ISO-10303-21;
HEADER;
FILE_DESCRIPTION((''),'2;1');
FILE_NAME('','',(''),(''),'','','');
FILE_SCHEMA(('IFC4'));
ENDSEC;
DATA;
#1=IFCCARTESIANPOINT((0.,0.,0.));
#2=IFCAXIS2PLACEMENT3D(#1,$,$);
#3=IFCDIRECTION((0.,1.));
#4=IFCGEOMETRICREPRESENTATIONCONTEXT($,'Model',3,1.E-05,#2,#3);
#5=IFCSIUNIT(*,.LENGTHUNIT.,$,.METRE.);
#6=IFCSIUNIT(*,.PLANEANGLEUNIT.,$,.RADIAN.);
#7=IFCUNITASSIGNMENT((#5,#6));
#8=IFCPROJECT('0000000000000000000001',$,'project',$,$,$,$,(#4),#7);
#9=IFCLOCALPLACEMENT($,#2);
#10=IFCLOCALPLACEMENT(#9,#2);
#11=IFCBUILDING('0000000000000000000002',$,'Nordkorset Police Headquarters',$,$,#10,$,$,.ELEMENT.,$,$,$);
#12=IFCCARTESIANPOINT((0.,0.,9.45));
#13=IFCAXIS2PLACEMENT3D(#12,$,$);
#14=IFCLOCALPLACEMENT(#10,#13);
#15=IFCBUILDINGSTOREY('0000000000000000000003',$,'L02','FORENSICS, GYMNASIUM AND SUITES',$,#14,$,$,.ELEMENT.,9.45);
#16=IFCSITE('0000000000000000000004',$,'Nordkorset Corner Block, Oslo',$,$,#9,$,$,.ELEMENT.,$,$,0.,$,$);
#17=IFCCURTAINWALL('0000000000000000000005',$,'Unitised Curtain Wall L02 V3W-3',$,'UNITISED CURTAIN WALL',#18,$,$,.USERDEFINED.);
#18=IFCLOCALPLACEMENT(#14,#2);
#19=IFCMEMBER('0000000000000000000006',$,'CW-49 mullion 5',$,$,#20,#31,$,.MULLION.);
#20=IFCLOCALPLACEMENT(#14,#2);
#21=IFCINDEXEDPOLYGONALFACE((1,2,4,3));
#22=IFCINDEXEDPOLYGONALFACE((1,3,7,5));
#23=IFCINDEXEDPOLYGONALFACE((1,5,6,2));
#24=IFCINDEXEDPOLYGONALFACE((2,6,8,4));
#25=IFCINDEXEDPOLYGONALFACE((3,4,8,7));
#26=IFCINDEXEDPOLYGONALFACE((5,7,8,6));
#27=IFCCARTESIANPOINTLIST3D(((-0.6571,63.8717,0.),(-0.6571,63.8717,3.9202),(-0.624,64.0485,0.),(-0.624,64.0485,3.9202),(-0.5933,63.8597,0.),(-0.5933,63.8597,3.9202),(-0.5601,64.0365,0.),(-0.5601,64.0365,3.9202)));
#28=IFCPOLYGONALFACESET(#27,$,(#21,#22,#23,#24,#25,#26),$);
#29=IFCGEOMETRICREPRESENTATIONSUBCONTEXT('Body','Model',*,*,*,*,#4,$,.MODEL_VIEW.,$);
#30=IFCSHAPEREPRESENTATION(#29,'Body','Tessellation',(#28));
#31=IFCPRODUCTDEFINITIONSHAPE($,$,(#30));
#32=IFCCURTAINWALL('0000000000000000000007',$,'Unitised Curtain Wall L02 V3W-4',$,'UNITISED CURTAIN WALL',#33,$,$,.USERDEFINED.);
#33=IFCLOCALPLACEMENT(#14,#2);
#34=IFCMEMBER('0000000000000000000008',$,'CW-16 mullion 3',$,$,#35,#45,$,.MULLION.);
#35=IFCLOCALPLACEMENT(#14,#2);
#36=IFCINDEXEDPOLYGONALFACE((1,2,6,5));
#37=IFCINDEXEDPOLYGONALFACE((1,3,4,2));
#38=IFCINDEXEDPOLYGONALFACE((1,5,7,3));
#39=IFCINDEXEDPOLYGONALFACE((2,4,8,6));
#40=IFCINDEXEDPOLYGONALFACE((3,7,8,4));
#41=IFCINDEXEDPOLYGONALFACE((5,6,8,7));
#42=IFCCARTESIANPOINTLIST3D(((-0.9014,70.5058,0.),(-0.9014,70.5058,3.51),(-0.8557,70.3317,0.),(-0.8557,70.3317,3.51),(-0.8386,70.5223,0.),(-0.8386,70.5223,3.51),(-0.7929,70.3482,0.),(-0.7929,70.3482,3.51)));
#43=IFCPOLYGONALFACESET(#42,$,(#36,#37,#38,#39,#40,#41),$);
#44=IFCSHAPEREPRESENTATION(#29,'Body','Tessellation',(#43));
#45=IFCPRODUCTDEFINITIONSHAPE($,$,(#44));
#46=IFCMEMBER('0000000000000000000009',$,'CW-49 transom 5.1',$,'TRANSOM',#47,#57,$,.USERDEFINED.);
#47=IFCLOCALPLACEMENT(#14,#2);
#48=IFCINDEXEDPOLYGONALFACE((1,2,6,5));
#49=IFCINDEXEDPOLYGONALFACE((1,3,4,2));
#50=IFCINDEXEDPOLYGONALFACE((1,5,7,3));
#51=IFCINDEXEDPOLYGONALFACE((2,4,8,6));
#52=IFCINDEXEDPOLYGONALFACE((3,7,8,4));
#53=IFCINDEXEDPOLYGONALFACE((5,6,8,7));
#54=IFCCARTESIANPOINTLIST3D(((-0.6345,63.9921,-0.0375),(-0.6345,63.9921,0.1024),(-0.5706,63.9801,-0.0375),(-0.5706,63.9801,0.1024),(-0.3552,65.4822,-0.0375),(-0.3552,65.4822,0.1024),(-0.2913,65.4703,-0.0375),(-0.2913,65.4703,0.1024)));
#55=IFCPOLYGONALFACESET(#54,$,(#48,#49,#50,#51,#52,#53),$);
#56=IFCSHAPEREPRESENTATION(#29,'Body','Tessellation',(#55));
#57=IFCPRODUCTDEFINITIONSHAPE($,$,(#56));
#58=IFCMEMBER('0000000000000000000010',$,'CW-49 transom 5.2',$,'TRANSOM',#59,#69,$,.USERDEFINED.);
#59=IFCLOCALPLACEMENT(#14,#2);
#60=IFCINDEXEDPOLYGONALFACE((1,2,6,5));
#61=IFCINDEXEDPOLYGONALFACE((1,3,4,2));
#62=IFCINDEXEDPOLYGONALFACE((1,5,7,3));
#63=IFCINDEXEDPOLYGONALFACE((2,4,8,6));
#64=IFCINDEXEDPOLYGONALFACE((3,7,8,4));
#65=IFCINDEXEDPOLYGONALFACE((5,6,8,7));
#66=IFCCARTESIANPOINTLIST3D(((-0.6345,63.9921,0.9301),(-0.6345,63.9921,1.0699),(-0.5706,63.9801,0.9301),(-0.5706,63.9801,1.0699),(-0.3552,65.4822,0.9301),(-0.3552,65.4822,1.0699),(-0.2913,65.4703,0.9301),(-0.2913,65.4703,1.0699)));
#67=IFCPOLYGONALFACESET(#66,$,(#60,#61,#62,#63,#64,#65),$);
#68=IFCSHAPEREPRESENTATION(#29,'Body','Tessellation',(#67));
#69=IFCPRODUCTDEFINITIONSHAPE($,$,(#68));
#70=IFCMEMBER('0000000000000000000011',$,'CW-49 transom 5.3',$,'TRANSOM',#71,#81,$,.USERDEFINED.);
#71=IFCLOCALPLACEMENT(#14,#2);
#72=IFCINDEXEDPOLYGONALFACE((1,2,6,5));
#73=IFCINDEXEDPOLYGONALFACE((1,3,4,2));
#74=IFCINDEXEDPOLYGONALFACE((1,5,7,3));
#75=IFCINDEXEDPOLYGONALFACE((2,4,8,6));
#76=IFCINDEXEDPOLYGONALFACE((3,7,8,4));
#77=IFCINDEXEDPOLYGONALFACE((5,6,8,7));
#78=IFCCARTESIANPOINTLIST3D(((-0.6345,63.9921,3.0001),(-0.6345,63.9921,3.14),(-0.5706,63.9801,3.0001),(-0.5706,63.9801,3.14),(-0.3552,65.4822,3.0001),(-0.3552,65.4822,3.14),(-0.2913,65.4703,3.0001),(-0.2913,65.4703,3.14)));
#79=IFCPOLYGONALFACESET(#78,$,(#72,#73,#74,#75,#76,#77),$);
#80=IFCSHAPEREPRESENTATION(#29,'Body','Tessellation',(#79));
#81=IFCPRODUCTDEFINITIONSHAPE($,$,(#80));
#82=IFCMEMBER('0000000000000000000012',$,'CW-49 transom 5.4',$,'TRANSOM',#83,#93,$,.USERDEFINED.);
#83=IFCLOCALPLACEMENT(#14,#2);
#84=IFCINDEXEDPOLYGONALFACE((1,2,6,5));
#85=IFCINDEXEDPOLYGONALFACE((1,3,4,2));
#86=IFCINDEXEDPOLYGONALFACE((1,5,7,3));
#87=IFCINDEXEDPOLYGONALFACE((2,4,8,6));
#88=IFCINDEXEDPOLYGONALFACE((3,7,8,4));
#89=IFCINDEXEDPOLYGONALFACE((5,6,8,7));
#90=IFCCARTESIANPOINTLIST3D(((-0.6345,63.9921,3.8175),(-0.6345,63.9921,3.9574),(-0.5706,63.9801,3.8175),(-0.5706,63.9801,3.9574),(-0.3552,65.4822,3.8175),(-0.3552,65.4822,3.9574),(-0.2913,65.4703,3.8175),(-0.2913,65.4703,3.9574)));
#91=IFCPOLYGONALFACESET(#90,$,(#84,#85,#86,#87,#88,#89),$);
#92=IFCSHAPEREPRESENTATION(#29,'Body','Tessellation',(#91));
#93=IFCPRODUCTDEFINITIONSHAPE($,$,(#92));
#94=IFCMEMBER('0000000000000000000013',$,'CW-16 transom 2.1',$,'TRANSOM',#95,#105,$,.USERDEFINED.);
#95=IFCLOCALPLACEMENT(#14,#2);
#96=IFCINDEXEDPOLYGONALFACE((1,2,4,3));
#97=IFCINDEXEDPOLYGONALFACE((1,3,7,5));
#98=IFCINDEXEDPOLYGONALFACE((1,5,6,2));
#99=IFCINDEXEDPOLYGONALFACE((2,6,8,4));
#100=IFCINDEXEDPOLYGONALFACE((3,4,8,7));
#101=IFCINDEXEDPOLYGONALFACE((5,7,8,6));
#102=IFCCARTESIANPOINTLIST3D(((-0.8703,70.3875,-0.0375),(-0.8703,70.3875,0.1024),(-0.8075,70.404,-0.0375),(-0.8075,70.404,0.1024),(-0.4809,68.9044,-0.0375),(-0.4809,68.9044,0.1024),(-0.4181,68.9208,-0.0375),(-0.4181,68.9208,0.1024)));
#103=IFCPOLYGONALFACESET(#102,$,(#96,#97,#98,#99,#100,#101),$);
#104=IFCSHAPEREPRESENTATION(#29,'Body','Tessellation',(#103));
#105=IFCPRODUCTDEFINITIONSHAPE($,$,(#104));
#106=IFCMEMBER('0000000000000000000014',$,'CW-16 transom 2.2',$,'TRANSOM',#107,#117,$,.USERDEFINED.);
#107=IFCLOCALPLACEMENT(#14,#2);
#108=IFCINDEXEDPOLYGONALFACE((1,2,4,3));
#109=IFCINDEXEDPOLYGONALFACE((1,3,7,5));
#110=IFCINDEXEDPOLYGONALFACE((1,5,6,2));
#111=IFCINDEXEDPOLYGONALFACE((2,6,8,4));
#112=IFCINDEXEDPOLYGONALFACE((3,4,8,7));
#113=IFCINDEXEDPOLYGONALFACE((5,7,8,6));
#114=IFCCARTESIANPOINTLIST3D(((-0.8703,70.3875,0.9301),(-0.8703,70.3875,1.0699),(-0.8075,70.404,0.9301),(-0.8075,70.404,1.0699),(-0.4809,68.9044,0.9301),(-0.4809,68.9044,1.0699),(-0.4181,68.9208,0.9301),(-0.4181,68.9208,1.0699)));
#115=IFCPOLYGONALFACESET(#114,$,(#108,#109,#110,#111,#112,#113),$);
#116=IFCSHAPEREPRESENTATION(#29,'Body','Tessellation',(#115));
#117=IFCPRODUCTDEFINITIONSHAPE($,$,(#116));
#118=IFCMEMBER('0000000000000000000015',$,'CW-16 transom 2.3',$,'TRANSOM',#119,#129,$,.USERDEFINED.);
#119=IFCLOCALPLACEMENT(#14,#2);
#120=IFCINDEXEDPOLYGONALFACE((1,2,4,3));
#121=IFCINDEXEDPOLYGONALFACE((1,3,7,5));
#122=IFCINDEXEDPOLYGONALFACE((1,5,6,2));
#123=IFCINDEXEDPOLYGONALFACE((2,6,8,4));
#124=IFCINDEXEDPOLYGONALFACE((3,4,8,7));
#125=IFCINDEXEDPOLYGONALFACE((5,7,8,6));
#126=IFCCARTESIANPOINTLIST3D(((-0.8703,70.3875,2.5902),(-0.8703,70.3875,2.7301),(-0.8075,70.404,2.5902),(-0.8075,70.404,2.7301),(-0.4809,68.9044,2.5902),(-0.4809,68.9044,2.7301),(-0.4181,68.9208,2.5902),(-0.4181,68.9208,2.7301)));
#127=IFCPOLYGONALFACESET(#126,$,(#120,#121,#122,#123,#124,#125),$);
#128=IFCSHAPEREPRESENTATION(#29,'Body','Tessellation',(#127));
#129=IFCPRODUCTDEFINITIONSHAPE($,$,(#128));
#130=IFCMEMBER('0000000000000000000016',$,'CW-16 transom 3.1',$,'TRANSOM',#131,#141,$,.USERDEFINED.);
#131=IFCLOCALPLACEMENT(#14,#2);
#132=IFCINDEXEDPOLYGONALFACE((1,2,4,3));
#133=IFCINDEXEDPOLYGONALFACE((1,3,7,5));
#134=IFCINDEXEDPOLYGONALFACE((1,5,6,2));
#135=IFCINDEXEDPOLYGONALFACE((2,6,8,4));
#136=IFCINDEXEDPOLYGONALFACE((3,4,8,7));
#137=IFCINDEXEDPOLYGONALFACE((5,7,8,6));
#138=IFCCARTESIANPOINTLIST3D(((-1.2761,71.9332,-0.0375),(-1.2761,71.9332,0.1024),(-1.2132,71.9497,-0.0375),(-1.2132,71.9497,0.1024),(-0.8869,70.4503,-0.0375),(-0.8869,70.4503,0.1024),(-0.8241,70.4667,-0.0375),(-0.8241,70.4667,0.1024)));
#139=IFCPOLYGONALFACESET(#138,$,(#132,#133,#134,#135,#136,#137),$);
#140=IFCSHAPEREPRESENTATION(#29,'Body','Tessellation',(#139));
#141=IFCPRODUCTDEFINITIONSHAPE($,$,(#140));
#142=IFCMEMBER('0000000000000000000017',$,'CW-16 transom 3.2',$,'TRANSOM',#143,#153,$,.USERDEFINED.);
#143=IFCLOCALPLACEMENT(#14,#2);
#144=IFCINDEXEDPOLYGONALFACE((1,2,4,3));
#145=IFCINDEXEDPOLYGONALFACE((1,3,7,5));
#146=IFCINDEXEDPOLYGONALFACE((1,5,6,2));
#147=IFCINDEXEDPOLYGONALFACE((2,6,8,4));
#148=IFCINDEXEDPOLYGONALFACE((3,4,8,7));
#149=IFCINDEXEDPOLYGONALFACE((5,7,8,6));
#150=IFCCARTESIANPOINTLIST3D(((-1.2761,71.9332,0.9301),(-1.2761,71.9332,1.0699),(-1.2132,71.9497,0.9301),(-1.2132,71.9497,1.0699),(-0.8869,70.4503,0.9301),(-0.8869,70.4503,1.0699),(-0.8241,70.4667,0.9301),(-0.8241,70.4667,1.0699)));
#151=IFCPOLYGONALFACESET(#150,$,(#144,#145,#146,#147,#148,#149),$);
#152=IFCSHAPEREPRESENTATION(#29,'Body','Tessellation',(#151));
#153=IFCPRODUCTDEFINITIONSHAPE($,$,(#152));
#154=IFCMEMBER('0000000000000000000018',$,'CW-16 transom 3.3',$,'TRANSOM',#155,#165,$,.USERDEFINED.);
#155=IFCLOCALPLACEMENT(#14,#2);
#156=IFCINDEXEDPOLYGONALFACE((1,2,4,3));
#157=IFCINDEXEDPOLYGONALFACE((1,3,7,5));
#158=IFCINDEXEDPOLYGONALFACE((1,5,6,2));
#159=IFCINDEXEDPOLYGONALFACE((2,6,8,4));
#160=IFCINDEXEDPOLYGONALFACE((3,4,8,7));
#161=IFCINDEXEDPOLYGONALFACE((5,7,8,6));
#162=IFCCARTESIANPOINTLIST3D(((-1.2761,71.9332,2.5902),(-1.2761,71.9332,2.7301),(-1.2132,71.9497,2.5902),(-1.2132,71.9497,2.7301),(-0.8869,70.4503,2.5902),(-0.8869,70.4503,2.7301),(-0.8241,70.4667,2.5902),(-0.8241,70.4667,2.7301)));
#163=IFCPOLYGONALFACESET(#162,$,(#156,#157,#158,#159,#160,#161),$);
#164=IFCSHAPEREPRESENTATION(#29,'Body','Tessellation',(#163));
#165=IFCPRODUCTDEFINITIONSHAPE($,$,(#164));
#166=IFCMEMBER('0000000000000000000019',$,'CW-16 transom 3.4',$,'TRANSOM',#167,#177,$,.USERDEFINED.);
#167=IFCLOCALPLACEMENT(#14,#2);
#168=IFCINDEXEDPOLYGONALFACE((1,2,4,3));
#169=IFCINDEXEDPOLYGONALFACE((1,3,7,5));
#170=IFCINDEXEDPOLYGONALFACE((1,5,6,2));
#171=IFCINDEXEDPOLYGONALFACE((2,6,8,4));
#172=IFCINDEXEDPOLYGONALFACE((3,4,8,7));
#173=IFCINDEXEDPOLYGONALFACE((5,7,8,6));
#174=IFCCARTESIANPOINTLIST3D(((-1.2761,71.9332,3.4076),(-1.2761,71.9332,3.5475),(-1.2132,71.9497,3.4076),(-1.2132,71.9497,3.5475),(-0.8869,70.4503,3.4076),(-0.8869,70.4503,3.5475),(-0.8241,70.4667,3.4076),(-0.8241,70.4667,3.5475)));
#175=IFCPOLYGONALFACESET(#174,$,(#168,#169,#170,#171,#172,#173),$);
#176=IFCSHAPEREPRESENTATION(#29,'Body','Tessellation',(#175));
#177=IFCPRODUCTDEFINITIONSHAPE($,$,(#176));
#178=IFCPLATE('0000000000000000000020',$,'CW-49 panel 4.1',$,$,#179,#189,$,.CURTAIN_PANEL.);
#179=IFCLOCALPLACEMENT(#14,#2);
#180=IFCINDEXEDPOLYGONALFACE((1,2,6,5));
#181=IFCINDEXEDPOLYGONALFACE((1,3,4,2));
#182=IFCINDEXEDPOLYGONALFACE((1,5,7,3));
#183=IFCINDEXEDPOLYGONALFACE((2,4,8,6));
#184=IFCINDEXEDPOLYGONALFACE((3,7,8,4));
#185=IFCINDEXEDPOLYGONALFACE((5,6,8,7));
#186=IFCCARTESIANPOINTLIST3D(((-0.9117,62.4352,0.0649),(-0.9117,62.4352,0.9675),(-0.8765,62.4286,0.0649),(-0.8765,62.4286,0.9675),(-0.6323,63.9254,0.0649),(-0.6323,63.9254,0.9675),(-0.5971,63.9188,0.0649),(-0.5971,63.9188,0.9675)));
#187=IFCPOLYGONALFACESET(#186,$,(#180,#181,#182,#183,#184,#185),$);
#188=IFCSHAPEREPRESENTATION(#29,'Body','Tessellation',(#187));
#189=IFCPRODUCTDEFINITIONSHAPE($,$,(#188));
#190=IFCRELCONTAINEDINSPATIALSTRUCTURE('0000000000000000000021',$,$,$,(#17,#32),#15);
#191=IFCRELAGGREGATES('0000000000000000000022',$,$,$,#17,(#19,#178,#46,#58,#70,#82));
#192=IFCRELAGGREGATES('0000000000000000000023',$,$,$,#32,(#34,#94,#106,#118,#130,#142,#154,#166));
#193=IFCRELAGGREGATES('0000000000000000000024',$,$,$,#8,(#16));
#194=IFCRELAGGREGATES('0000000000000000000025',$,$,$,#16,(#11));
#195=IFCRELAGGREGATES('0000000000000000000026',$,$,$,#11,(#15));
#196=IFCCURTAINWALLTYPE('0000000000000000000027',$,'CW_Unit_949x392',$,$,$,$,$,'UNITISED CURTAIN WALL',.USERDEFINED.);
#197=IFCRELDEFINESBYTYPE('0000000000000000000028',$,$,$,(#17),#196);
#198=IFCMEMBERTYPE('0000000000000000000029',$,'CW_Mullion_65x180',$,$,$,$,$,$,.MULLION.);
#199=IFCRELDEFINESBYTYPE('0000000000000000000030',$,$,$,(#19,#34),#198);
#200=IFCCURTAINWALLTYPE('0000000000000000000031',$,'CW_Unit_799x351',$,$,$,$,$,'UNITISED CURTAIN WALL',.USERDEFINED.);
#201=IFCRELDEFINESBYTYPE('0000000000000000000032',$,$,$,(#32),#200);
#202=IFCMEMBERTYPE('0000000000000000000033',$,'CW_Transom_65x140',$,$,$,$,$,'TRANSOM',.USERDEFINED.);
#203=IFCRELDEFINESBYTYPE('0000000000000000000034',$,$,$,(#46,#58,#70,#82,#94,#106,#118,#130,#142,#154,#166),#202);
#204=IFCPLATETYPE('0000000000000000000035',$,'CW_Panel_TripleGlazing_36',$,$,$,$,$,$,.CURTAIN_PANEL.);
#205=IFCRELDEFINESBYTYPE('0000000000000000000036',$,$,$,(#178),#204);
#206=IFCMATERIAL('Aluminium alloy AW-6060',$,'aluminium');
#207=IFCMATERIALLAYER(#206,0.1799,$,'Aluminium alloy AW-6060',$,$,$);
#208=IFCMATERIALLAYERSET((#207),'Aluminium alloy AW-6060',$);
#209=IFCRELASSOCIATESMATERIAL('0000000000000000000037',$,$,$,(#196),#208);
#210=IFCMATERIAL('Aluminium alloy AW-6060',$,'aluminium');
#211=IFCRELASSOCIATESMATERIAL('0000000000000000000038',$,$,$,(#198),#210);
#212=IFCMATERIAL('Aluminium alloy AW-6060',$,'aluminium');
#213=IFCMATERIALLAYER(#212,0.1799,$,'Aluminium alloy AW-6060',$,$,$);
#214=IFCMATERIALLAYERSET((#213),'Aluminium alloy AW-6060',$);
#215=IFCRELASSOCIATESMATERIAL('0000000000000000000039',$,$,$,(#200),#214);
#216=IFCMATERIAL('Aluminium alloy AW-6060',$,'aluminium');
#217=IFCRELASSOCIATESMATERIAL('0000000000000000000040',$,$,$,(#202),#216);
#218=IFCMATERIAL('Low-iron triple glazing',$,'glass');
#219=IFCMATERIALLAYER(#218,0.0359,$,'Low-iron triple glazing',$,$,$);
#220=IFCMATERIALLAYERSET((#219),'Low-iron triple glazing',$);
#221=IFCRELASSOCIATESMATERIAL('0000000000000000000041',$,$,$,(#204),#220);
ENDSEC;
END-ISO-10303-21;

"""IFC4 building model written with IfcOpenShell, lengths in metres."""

from ifc_helpers import new_model, si_unit, direction, frame, origin, origin_2d, place, context, subcontext, project, spatial, rectangle, extrude, material, layer, layer_set, material_profile, profile_set, type_object, element, aggregate, save


model = new_model("IFC4")

# Units and contexts
model_context = context("Model", 3, precision=1e-05, world=origin(), true_north=direction((0.0, 1.0)))
body_context = subcontext(model_context, "Body", "Model", "MODEL_VIEW")
ifc_project = project(units=[si_unit("LENGTHUNIT", "METRE"), si_unit("PLANEANGLEUNIT", "RADIAN")], contexts=[model_context])

# Site, building, storey
site_placement = place(None, origin())
site = spatial("IfcSite", under=ifc_project, at=site_placement, Name="Nordkorset Corner Block, Oslo", CompositionType="ELEMENT", RefElevation=0.0)
building_placement = place(site_placement, origin())
building = spatial("IfcBuilding", under=site, at=building_placement, Name="Nordkorset Police Headquarters", CompositionType="ELEMENT")
storey_placement = place(building_placement, frame((0.0, 0.0, 9.45)))
storey = spatial("IfcBuildingStorey", under=building, at=storey_placement, Name="L02", Description="FORENSICS, GYMNASIUM AND SUITES", CompositionType="ELEMENT", Elevation=9.45)

# Curtain walls, members
ifc_material_1 = material(Name="Aluminium alloy AW-6060", Category="aluminium")
ifc_layer_1 = layer(ifc_material_1, 0.1799, Name="Aluminium alloy AW-6060")
ifc_layer_set_1 = layer_set([ifc_layer_1], Name="Aluminium alloy AW-6060")
curtain_wall_type_1 = type_object("IfcCurtainWallType", Name="CW_Unit_949x392", ElementType="UNITISED CURTAIN WALL", PredefinedType="USERDEFINED", material=ifc_layer_set_1)
curtain_wall_1_placement = place(storey_placement, origin())
curtain_wall_1 = element("IfcCurtainWall", 1, at=curtain_wall_1_placement, inside=storey, type_object=curtain_wall_type_1, Name="Unitised Curtain Wall L02 V3W-3", ObjectType="UNITISED CURTAIN WALL", PredefinedType="USERDEFINED")
ifc_material_2 = material(Name="Aluminium alloy AW-6060", Category="aluminium")
ifc_material_profile_1 = material_profile(ifc_material_2, rectangle(XDim=0.0649, YDim=0.1799, at=origin_2d()), Name="ALU MULL 65x180")
ifc_profile_set_1 = profile_set([ifc_material_profile_1], Name="Aluminium alloy AW-6060")
member_type_1 = type_object("IfcMemberType", Name="CW_Mullion_65x180", PredefinedType="MULLION", material=ifc_profile_set_1)
member_1_placement = place(storey_placement, frame((-0.6086, 63.9541, 0.0), z_axis=(0.0, 0.0, 1.0), x_axis=(-0.982872, 0.184289, 0.0)))
member_1 = element("IfcMember", 2, at=member_1_placement, type_object=member_type_1, Name="CW-49 mullion 5", PredefinedType="MULLION", context=body_context, shape_type="SweptSolid", body=[
    extrude(rectangle(XDim=0.0649, YDim=0.1799, at=origin_2d()), origin(), (0.0, 0.0, 1.0), 3.9202),
])
ifc_material_3 = material(Name="Aluminium alloy AW-6060", Category="aluminium")
ifc_layer_2 = layer(ifc_material_3, 0.1799, Name="Aluminium alloy AW-6060")
ifc_layer_set_2 = layer_set([ifc_layer_2], Name="Aluminium alloy AW-6060")
curtain_wall_type_2 = type_object("IfcCurtainWallType", Name="CW_Unit_799x351", ElementType="UNITISED CURTAIN WALL", PredefinedType="USERDEFINED", material=ifc_layer_set_2)
curtain_wall_2_placement = place(storey_placement, origin())
curtain_wall_2 = element("IfcCurtainWall", 3, at=curtain_wall_2_placement, inside=storey, type_object=curtain_wall_type_2, Name="Unitised Curtain Wall L02 V3W-4", ObjectType="UNITISED CURTAIN WALL", PredefinedType="USERDEFINED")
member_2_placement = place(storey_placement, frame((-0.8472, 70.427, 0.0), z_axis=(0.0, 0.0, 1.0), x_axis=(-0.967231, -0.253897, 0.0)))
member_2 = element("IfcMember", 4, at=member_2_placement, type_object=member_type_1, Name="CW-16 mullion 3", PredefinedType="MULLION", context=body_context, shape_type="SweptSolid", body=[
    extrude(rectangle(XDim=0.0649, YDim=0.1799, at=origin_2d()), origin(), (0.0, 0.0, 1.0), 3.51),
])

# Members
ifc_material_4 = material(Name="Aluminium alloy AW-6060", Category="aluminium")
ifc_material_profile_2 = material_profile(ifc_material_4, rectangle(XDim=0.0649, YDim=0.1399, at=origin_2d()), Name="ALU TRAN 65x140")
ifc_profile_set_2 = profile_set([ifc_material_profile_2], Name="Aluminium alloy AW-6060")
member_type_2 = type_object("IfcMemberType", Name="CW_Transom_65x140", ElementType="TRANSOM", PredefinedType="USERDEFINED", material=ifc_profile_set_2)
member_3_placement = place(storey_placement, frame((-0.6025, 63.9861, 0.0325), z_axis=(0.184211, 0.982887, 0.0), x_axis=(-0.982887, 0.184211, 0.0)))
member_3 = element("IfcMember", 5, at=member_3_placement, type_object=member_type_2, Name="CW-49 transom 5.1", ObjectType="TRANSOM", PredefinedType="USERDEFINED", context=body_context, shape_type="SweptSolid", body=[
    extrude(rectangle(XDim=0.0649, YDim=0.1399, at=origin_2d()), origin(), (0.0, 0.0, 1.0), 1.5161),
])
member_4_placement = place(storey_placement, frame((-0.6025, 63.9861, 1.0), z_axis=(0.184211, 0.982887, 0.0), x_axis=(-0.982887, 0.184211, 0.0)))
member_4 = element("IfcMember", 6, at=member_4_placement, type_object=member_type_2, Name="CW-49 transom 5.2", ObjectType="TRANSOM", PredefinedType="USERDEFINED", context=body_context, shape_type="SweptSolid", body=[
    extrude(rectangle(XDim=0.0649, YDim=0.1399, at=origin_2d()), origin(), (0.0, 0.0, 1.0), 1.5161),
])
member_5_placement = place(storey_placement, frame((-0.6025, 63.9861, 3.0701), z_axis=(0.184211, 0.982887, 0.0), x_axis=(-0.982887, 0.184211, 0.0)))
member_5 = element("IfcMember", 7, at=member_5_placement, type_object=member_type_2, Name="CW-49 transom 5.3", ObjectType="TRANSOM", PredefinedType="USERDEFINED", context=body_context, shape_type="SweptSolid", body=[
    extrude(rectangle(XDim=0.0649, YDim=0.1399, at=origin_2d()), origin(), (0.0, 0.0, 1.0), 1.5161),
])
member_6_placement = place(storey_placement, frame((-0.6025, 63.9861, 3.8875), z_axis=(0.184211, 0.982887, 0.0), x_axis=(-0.982887, 0.184211, 0.0)))
member_6 = element("IfcMember", 8, at=member_6_placement, type_object=member_type_2, Name="CW-49 transom 5.4", ObjectType="TRANSOM", PredefinedType="USERDEFINED", context=body_context, shape_type="SweptSolid", body=[
    extrude(rectangle(XDim=0.0649, YDim=0.1399, at=origin_2d()), origin(), (0.0, 0.0, 1.0), 1.5161),
])
member_7_placement = place(storey_placement, frame((-0.4495, 68.9126, 0.0325), z_axis=(-0.253945, 0.967219, 0.0), x_axis=(-0.967219, -0.253945, 0.0)))
member_7 = element("IfcMember", 9, at=member_7_placement, type_object=member_type_2, Name="CW-16 transom 2.1", ObjectType="TRANSOM", PredefinedType="USERDEFINED", context=body_context, shape_type="SweptSolid", body=[
    extrude(rectangle(XDim=0.0649, YDim=0.1399, at=origin_2d()), origin(), (0.0, 0.0, 1.0), 1.5334),
])
member_8_placement = place(storey_placement, frame((-0.4495, 68.9126, 1.0), z_axis=(-0.253945, 0.967219, 0.0), x_axis=(-0.967219, -0.253945, 0.0)))
member_8 = element("IfcMember", 10, at=member_8_placement, type_object=member_type_2, Name="CW-16 transom 2.2", ObjectType="TRANSOM", PredefinedType="USERDEFINED", context=body_context, shape_type="SweptSolid", body=[
    extrude(rectangle(XDim=0.0649, YDim=0.1399, at=origin_2d()), origin(), (0.0, 0.0, 1.0), 1.5334),
])
member_9_placement = place(storey_placement, frame((-0.4495, 68.9126, 2.6602), z_axis=(-0.253945, 0.967219, 0.0), x_axis=(-0.967219, -0.253945, 0.0)))
member_9 = element("IfcMember", 11, at=member_9_placement, type_object=member_type_2, Name="CW-16 transom 2.3", ObjectType="TRANSOM", PredefinedType="USERDEFINED", context=body_context, shape_type="SweptSolid", body=[
    extrude(rectangle(XDim=0.0649, YDim=0.1399, at=origin_2d()), origin(), (0.0, 0.0, 1.0), 1.5334),
])
member_10_placement = place(storey_placement, frame((-0.8555, 70.4585, 0.0325), z_axis=(-0.253835, 0.967248, 0.0), x_axis=(-0.967248, -0.253835, 0.0)))
member_10 = element("IfcMember", 12, at=member_10_placement, type_object=member_type_2, Name="CW-16 transom 3.1", ObjectType="TRANSOM", PredefinedType="USERDEFINED", context=body_context, shape_type="SweptSolid", body=[
    extrude(rectangle(XDim=0.0649, YDim=0.1399, at=origin_2d()), origin(), (0.0, 0.0, 1.0), 1.5332),
])
member_11_placement = place(storey_placement, frame((-0.8555, 70.4585, 1.0), z_axis=(-0.253835, 0.967248, 0.0), x_axis=(-0.967248, -0.253835, 0.0)))
member_11 = element("IfcMember", 13, at=member_11_placement, type_object=member_type_2, Name="CW-16 transom 3.2", ObjectType="TRANSOM", PredefinedType="USERDEFINED", context=body_context, shape_type="SweptSolid", body=[
    extrude(rectangle(XDim=0.0649, YDim=0.1399, at=origin_2d()), origin(), (0.0, 0.0, 1.0), 1.5332),
])
member_12_placement = place(storey_placement, frame((-0.8555, 70.4585, 2.6602), z_axis=(-0.253835, 0.967248, 0.0), x_axis=(-0.967248, -0.253835, 0.0)))
member_12 = element("IfcMember", 14, at=member_12_placement, type_object=member_type_2, Name="CW-16 transom 3.3", ObjectType="TRANSOM", PredefinedType="USERDEFINED", context=body_context, shape_type="SweptSolid", body=[
    extrude(rectangle(XDim=0.0649, YDim=0.1399, at=origin_2d()), origin(), (0.0, 0.0, 1.0), 1.5332),
])
member_13_placement = place(storey_placement, frame((-0.8555, 70.4585, 3.4775), z_axis=(-0.253835, 0.967248, 0.0), x_axis=(-0.967248, -0.253835, 0.0)))
member_13 = element("IfcMember", 15, at=member_13_placement, type_object=member_type_2, Name="CW-16 transom 3.4", ObjectType="TRANSOM", PredefinedType="USERDEFINED", context=body_context, shape_type="SweptSolid", body=[
    extrude(rectangle(XDim=0.0649, YDim=0.1399, at=origin_2d()), origin(), (0.0, 0.0, 1.0), 1.5332),
])

# Plate
ifc_material_5 = material(Name="Low-iron triple glazing", Category="glass")
ifc_layer_3 = layer(ifc_material_5, 0.0359, Name="Low-iron triple glazing")
ifc_layer_set_3 = layer_set([ifc_layer_3], Name="Low-iron triple glazing")
plate_type = type_object("IfcPlateType", Name="CW_Panel_TripleGlazing_36", PredefinedType="CURTAIN_PANEL", material=ifc_layer_set_3)
plate_1_placement = place(storey_placement, frame((-0.7544, 63.177, 0.0649), z_axis=(0.0, 0.0, 1.0), x_axis=(0.184289, 0.982872, 0.0)))
plate_1 = element("IfcPlate", 16, at=plate_1_placement, type_object=plate_type, Name="CW-49 panel 4.1", PredefinedType="CURTAIN_PANEL", context=body_context, shape_type="SweptSolid", body=[
    extrude(rectangle(XDim=1.5161, YDim=0.0359, at=origin_2d()), origin(), (0.0, 0.0, 1.0), 0.9026),
])
aggregate(curtain_wall_1, [member_1, plate_1, member_3, member_4, member_5, member_6])
aggregate(curtain_wall_2, [member_2, member_7, member_8, member_9, member_10, member_11, member_12, member_13])

save(model, "model.ifc")
